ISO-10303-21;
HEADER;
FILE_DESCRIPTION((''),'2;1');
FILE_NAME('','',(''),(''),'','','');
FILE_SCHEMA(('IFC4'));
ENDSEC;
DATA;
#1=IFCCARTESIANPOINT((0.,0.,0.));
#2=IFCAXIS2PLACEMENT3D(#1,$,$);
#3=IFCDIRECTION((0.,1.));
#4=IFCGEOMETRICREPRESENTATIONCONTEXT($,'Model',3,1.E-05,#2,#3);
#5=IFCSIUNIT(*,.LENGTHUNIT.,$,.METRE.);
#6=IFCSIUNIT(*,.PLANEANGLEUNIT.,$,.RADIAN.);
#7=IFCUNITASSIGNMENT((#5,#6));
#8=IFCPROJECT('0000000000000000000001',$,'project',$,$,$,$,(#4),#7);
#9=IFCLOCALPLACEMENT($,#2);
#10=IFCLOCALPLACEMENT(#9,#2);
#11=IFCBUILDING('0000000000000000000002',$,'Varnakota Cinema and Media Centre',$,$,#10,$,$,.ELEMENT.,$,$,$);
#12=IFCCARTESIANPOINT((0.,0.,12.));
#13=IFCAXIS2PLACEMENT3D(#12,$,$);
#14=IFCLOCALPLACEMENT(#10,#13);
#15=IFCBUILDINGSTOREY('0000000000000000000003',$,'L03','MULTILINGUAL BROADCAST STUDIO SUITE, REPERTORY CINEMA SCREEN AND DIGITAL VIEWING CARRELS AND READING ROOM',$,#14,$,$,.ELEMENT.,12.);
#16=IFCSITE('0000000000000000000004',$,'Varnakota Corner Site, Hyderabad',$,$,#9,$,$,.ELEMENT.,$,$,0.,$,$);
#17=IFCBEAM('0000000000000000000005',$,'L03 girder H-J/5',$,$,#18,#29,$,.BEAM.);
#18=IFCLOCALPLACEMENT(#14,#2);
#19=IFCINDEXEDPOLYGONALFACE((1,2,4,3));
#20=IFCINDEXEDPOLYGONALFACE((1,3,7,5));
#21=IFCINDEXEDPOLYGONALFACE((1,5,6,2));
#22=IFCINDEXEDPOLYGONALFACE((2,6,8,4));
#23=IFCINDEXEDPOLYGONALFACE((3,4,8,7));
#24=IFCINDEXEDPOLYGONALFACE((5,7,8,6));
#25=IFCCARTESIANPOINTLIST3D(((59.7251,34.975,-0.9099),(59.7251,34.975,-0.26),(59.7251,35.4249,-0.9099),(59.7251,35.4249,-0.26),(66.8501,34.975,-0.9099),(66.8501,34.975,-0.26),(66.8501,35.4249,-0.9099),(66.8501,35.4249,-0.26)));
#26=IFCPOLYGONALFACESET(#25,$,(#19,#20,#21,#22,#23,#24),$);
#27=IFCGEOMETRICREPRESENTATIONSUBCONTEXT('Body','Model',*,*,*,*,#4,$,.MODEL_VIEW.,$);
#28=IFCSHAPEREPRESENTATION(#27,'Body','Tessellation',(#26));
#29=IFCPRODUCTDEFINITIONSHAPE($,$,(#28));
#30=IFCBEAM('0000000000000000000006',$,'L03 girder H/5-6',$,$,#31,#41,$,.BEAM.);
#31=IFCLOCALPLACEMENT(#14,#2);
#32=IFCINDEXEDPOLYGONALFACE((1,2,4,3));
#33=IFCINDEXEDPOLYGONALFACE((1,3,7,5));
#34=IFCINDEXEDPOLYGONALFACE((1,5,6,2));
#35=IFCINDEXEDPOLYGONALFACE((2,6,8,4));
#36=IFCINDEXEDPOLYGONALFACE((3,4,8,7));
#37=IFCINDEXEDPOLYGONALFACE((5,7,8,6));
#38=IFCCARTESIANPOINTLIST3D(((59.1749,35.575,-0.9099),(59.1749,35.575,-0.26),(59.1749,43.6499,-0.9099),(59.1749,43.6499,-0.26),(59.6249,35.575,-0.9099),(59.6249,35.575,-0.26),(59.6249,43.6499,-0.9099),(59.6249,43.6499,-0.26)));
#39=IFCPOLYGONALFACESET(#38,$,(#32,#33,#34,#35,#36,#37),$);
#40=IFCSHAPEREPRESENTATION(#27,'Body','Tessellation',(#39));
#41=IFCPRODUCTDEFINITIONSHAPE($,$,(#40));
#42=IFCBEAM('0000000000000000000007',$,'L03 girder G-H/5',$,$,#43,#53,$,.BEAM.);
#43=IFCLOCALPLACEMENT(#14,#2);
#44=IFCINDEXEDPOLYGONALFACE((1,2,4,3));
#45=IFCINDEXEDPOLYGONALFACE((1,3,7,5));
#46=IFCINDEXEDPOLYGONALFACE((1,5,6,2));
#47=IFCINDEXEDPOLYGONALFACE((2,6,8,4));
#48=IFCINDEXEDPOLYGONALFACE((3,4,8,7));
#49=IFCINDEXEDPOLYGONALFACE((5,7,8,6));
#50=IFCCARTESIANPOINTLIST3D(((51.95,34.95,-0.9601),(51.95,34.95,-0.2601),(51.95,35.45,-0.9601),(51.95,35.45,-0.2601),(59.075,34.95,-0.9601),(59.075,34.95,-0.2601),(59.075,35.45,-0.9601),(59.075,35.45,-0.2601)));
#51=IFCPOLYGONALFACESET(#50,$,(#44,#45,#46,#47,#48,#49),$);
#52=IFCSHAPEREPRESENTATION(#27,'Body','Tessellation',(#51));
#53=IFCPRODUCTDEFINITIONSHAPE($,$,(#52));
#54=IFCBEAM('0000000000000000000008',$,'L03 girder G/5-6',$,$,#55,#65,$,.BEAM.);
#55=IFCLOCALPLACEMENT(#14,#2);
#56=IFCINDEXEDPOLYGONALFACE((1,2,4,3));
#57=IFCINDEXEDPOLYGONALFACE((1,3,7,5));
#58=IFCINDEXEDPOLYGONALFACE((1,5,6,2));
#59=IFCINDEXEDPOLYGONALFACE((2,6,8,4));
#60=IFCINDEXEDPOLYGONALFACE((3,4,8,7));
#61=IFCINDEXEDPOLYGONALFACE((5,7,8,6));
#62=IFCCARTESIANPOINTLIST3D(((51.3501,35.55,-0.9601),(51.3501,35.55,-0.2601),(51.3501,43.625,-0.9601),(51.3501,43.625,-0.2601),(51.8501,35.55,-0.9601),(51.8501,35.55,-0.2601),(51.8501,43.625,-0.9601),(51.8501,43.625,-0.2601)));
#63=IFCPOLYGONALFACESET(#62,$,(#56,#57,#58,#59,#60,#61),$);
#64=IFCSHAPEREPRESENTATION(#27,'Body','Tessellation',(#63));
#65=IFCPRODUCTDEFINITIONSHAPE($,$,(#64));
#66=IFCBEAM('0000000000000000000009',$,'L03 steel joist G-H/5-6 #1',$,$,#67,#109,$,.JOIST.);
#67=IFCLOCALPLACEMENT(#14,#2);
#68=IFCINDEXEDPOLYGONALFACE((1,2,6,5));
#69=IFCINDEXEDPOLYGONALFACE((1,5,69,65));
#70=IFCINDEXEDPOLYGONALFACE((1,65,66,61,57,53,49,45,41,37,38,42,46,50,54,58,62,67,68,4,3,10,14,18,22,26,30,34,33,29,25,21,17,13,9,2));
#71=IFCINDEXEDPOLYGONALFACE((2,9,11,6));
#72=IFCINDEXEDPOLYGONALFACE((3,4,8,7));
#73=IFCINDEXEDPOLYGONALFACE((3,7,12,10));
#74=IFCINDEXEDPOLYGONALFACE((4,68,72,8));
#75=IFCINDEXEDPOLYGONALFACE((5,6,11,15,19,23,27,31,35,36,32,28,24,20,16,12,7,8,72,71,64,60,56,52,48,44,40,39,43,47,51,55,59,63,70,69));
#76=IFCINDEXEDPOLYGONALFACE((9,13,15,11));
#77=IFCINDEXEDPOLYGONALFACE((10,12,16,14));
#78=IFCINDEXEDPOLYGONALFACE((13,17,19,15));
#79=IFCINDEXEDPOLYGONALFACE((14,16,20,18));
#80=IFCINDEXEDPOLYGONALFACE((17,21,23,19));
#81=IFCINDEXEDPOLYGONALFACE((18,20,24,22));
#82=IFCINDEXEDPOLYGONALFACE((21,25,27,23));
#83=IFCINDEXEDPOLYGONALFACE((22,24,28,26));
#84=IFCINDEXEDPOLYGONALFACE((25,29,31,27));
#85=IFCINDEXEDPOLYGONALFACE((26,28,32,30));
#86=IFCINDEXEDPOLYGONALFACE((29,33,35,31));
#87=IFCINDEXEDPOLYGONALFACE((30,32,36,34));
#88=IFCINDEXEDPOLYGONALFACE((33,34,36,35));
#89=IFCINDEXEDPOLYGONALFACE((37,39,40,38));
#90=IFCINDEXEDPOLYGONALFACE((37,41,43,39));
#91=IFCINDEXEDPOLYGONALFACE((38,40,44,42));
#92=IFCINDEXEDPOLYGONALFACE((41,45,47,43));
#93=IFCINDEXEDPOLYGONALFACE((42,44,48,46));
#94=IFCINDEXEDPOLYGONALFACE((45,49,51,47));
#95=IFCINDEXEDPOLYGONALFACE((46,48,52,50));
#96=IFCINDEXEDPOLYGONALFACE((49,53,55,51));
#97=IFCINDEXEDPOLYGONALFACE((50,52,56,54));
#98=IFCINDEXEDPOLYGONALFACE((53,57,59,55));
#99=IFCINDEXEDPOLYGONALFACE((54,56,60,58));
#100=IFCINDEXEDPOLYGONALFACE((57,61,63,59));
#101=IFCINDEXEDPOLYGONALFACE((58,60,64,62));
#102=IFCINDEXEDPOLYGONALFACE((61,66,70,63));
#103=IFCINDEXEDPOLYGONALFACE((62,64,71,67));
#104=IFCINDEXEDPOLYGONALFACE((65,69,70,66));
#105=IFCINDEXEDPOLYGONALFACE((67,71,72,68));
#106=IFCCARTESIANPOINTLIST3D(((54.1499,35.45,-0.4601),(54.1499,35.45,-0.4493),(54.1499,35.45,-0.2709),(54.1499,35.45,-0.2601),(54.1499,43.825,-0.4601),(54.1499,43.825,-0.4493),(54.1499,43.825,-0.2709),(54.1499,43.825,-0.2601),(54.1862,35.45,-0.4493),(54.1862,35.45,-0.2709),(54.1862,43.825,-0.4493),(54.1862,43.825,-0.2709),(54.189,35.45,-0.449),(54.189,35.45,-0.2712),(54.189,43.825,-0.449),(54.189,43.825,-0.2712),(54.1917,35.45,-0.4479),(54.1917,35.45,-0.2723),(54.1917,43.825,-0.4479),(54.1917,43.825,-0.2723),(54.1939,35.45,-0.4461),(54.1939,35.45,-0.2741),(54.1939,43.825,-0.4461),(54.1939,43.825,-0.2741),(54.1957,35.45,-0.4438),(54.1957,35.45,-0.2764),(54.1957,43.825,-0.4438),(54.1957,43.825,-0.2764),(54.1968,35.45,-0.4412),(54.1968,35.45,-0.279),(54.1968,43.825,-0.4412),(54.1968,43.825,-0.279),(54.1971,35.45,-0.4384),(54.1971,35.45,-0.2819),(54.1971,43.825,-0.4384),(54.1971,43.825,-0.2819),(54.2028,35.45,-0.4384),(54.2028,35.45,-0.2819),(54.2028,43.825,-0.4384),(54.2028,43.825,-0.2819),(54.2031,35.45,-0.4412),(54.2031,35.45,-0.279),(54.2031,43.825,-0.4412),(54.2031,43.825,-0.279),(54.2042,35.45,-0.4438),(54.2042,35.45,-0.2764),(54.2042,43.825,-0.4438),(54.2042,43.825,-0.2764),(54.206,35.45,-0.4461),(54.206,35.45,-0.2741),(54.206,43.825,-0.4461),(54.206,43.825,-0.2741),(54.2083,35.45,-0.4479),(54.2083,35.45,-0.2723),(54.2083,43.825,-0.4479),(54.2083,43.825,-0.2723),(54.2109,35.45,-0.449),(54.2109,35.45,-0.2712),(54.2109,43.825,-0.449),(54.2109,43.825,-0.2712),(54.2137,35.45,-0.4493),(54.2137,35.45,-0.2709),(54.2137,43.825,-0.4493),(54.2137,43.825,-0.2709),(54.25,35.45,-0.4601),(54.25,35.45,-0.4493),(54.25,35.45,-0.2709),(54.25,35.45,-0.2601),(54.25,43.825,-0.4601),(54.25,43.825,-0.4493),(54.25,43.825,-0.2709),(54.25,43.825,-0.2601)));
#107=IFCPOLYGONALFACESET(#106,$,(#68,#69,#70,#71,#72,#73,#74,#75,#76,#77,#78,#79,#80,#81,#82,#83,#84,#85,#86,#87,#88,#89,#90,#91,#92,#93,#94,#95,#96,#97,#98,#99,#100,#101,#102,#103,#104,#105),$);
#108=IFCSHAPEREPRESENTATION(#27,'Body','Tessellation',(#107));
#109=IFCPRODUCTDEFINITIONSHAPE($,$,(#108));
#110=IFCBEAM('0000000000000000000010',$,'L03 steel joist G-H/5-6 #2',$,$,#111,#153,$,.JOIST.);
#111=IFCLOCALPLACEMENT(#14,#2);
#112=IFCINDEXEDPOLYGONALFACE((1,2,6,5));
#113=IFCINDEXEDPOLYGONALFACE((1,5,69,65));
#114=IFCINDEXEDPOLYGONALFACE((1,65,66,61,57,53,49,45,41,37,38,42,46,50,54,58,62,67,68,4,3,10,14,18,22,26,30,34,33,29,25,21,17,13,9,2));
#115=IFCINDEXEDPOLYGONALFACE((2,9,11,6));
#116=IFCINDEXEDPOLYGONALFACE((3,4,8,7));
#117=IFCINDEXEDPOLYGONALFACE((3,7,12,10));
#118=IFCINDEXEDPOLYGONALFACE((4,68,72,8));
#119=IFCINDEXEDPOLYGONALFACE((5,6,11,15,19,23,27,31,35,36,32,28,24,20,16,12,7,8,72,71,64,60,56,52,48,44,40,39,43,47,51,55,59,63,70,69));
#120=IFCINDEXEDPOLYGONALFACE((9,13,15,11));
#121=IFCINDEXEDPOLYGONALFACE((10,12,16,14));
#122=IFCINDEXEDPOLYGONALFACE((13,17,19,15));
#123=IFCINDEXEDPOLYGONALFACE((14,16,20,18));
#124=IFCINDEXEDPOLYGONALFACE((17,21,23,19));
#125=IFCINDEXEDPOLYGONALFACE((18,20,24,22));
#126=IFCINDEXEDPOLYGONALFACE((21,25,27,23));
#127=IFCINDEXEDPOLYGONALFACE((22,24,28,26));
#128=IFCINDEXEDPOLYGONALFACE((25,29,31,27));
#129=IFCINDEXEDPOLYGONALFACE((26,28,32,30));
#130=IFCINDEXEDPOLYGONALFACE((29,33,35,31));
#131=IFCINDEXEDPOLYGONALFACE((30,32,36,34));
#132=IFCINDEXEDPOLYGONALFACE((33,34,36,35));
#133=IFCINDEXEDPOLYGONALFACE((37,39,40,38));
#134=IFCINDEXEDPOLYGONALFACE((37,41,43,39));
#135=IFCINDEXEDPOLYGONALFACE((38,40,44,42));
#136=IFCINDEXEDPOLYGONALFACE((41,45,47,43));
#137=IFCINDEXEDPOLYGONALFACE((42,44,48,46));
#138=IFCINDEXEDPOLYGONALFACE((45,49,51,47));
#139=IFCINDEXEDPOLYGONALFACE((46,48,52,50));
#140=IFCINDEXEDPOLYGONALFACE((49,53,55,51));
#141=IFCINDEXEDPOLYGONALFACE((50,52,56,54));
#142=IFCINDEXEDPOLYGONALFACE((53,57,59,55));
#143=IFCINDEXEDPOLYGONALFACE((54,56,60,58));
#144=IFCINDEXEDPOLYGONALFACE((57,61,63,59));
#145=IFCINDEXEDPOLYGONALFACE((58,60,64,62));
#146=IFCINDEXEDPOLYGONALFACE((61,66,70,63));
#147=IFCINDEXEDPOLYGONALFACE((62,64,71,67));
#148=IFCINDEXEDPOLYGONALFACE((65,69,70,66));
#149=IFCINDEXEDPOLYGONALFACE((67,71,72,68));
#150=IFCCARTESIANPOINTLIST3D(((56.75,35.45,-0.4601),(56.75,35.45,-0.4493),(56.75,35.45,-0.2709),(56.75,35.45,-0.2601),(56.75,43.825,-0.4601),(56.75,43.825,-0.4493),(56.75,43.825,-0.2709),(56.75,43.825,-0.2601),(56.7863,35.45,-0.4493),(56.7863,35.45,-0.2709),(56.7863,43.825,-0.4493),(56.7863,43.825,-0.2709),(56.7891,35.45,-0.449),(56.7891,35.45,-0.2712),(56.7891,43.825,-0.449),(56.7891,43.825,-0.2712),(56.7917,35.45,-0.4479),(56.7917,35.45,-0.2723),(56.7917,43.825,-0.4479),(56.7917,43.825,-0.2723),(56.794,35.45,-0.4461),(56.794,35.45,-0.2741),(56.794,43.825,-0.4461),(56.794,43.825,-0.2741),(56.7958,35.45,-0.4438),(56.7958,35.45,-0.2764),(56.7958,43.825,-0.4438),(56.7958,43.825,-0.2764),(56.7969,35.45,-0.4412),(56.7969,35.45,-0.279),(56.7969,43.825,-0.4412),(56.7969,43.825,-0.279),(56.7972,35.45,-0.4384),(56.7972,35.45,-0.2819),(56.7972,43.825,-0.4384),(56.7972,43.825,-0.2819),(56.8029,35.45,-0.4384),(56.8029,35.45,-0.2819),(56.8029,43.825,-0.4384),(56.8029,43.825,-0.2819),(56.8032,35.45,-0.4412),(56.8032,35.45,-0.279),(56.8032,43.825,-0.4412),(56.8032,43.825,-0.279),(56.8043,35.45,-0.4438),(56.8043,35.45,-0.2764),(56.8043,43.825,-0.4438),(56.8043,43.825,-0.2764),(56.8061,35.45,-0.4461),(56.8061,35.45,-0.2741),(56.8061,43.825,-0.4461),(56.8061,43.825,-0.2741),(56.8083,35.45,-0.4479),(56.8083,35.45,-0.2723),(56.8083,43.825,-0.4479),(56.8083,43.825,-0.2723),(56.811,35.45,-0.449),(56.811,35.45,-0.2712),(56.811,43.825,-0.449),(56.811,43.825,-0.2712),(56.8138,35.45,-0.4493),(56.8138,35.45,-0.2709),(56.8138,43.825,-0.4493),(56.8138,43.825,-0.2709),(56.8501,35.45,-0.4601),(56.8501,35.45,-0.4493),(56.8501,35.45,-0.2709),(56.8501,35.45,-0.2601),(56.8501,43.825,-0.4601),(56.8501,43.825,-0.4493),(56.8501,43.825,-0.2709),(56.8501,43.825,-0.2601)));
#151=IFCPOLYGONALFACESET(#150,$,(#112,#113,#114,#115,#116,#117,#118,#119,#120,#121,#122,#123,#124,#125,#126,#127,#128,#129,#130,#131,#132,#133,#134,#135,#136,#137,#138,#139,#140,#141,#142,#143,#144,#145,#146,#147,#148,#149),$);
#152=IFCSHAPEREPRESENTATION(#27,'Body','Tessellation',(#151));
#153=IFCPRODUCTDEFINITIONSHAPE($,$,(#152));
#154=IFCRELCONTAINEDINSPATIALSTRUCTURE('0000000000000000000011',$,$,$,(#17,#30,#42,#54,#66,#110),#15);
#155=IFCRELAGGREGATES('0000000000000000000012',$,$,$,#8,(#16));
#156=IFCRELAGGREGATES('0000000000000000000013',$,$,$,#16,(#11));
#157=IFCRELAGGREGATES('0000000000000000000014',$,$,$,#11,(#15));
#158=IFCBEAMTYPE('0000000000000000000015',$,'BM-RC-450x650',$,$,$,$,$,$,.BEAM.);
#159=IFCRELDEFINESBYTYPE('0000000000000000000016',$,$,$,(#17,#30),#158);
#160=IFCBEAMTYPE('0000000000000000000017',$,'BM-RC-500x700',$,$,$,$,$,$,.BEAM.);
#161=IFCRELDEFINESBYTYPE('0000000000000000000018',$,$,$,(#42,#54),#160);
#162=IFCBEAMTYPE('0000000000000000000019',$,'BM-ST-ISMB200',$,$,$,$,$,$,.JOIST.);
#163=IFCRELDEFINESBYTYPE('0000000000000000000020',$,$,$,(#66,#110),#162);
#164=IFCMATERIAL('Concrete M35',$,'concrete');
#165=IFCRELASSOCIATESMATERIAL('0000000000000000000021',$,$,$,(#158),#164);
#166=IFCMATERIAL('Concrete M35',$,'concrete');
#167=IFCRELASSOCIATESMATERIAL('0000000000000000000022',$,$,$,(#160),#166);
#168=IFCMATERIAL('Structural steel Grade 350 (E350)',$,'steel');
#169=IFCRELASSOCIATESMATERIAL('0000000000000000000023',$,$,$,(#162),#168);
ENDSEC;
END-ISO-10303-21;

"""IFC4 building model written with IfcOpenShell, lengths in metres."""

from ifc_helpers import new_model, si_unit, direction, frame, origin, origin_2d, place, context, subcontext, project, spatial, rectangle, i_section, extrude, material, material_profile, profile_set, type_object, element, save


model = new_model("IFC4")

# Units and contexts
model_context = context("Model", 3, precision=1e-05, world=origin(), true_north=direction((0.0, 1.0)))
body_context = subcontext(model_context, "Body", "Model", "MODEL_VIEW")
ifc_project = project(units=[si_unit("LENGTHUNIT", "METRE"), si_unit("PLANEANGLEUNIT", "RADIAN")], contexts=[model_context])

# Site, building, storey
site_placement = place(None, origin())
site = spatial("IfcSite", under=ifc_project, at=site_placement, Name="Varnakota Corner Site, Hyderabad", CompositionType="ELEMENT", RefElevation=0.0)
building_placement = place(site_placement, origin())
building = spatial("IfcBuilding", under=site, at=building_placement, Name="Varnakota Cinema and Media Centre", CompositionType="ELEMENT")
storey_placement = place(building_placement, frame((0.0, 0.0, 12.0)))
storey = spatial("IfcBuildingStorey", under=building, at=storey_placement, Name="L03", Description="MULTILINGUAL BROADCAST STUDIO SUITE, REPERTORY CINEMA SCREEN AND DIGITAL VIEWING CARRELS AND READING ROOM", CompositionType="ELEMENT", Elevation=12.0)

# Beams
ifc_material_1 = material(Name="Concrete M35", Category="concrete")
ifc_material_profile_1 = material_profile(ifc_material_1, rectangle(XDim=0.45, YDim=0.6499, at=origin_2d()), Name="RCB 450x650")
ifc_profile_set_1 = profile_set([ifc_material_profile_1], Name="Concrete M35")
beam_type_1 = type_object("IfcBeamType", Name="BM-RC-450x650", PredefinedType="BEAM", material=ifc_profile_set_1)
beam_1_placement = place(storey_placement, frame((59.7251, 35.2, -0.585), z_axis=(1.0, 0.0, 0.0), x_axis=(0.0, 1.0, 0.0)))
element("IfcBeam", 1, at=beam_1_placement, inside=storey, type_object=beam_type_1, Name="L03 girder H-J/5", PredefinedType="BEAM", context=body_context, shape_type="SweptSolid", body=[
    extrude(rectangle(XDim=0.45, YDim=0.6499, at=origin_2d()), origin(), (0.0, 0.0, 1.0), 7.125),
])
beam_2_placement = place(storey_placement, frame((59.3999, 35.575, -0.585), z_axis=(0.0, 1.0, 0.0), x_axis=(-1.0, 0.0, 0.0)))
element("IfcBeam", 2, at=beam_2_placement, inside=storey, type_object=beam_type_1, Name="L03 girder H/5-6", PredefinedType="BEAM", context=body_context, shape_type="SweptSolid", body=[
    extrude(rectangle(XDim=0.45, YDim=0.6499, at=origin_2d()), origin(), (0.0, 0.0, 1.0), 8.075),
])
ifc_material_2 = material(Name="Concrete M35", Category="concrete")
ifc_material_profile_2 = material_profile(ifc_material_2, rectangle(XDim=0.5, YDim=0.7, at=origin_2d()), Name="RCB 500x700")
ifc_profile_set_2 = profile_set([ifc_material_profile_2], Name="Concrete M35")
beam_type_2 = type_object("IfcBeamType", Name="BM-RC-500x700", PredefinedType="BEAM", material=ifc_profile_set_2)
beam_3_placement = place(storey_placement, frame((51.95, 35.2, -0.6101), z_axis=(1.0, 0.0, 0.0), x_axis=(0.0, 1.0, 0.0)))
element("IfcBeam", 3, at=beam_3_placement, inside=storey, type_object=beam_type_2, Name="L03 girder G-H/5", PredefinedType="BEAM", context=body_context, shape_type="SweptSolid", body=[
    extrude(rectangle(XDim=0.5, YDim=0.7, at=origin_2d()), origin(), (0.0, 0.0, 1.0), 7.125),
])
beam_4_placement = place(storey_placement, frame((51.6001, 35.55, -0.6101), z_axis=(0.0, 1.0, 0.0), x_axis=(-1.0, 0.0, 0.0)))
element("IfcBeam", 4, at=beam_4_placement, inside=storey, type_object=beam_type_2, Name="L03 girder G/5-6", PredefinedType="BEAM", context=body_context, shape_type="SweptSolid", body=[
    extrude(rectangle(XDim=0.5, YDim=0.7, at=origin_2d()), origin(), (0.0, 0.0, 1.0), 8.075),
])
ifc_material_3 = material(Name="Structural steel Grade 350 (E350)", Category="steel")
ifc_material_profile_3 = material_profile(ifc_material_3, i_section(OverallWidth=0.1001, OverallDepth=0.2, WebThickness=0.0056, FlangeThickness=0.0107, FilletRadius=0.011, at=origin_2d()), Name="ISMB 200")
ifc_profile_set_3 = profile_set([ifc_material_profile_3], Name="Structural steel Grade 350 (E350)")
beam_type_3 = type_object("IfcBeamType", Name="BM-ST-ISMB200", PredefinedType="JOIST", material=ifc_profile_set_3)
for number, where, z_axis, x_axis, name in (
    (5, (54.2, 35.45, -0.3601), (0.0, 1.0, 0.0), (-1.0, 0.0, 0.0), "L03 steel joist G-H/5-6 #1"),
    (6, (56.8, 35.45, -0.3601), (0.0, 1.0, 0.0), (-1.0, 0.0, 0.0), "L03 steel joist G-H/5-6 #2"),
):
    element("IfcBeam", number, at=place(storey_placement, frame(where, z_axis=z_axis, x_axis=x_axis)), inside=storey, type_object=beam_type_3, Name=name, PredefinedType="JOIST", context=body_context, shape_type="SweptSolid", body=[
        extrude(i_section(OverallWidth=0.1001, OverallDepth=0.2, WebThickness=0.0056, FlangeThickness=0.0107, FilletRadius=0.011, at=origin_2d()), origin(), (0.0, 0.0, 1.0), 8.375),
    ])

save(model, "model.ifc")
